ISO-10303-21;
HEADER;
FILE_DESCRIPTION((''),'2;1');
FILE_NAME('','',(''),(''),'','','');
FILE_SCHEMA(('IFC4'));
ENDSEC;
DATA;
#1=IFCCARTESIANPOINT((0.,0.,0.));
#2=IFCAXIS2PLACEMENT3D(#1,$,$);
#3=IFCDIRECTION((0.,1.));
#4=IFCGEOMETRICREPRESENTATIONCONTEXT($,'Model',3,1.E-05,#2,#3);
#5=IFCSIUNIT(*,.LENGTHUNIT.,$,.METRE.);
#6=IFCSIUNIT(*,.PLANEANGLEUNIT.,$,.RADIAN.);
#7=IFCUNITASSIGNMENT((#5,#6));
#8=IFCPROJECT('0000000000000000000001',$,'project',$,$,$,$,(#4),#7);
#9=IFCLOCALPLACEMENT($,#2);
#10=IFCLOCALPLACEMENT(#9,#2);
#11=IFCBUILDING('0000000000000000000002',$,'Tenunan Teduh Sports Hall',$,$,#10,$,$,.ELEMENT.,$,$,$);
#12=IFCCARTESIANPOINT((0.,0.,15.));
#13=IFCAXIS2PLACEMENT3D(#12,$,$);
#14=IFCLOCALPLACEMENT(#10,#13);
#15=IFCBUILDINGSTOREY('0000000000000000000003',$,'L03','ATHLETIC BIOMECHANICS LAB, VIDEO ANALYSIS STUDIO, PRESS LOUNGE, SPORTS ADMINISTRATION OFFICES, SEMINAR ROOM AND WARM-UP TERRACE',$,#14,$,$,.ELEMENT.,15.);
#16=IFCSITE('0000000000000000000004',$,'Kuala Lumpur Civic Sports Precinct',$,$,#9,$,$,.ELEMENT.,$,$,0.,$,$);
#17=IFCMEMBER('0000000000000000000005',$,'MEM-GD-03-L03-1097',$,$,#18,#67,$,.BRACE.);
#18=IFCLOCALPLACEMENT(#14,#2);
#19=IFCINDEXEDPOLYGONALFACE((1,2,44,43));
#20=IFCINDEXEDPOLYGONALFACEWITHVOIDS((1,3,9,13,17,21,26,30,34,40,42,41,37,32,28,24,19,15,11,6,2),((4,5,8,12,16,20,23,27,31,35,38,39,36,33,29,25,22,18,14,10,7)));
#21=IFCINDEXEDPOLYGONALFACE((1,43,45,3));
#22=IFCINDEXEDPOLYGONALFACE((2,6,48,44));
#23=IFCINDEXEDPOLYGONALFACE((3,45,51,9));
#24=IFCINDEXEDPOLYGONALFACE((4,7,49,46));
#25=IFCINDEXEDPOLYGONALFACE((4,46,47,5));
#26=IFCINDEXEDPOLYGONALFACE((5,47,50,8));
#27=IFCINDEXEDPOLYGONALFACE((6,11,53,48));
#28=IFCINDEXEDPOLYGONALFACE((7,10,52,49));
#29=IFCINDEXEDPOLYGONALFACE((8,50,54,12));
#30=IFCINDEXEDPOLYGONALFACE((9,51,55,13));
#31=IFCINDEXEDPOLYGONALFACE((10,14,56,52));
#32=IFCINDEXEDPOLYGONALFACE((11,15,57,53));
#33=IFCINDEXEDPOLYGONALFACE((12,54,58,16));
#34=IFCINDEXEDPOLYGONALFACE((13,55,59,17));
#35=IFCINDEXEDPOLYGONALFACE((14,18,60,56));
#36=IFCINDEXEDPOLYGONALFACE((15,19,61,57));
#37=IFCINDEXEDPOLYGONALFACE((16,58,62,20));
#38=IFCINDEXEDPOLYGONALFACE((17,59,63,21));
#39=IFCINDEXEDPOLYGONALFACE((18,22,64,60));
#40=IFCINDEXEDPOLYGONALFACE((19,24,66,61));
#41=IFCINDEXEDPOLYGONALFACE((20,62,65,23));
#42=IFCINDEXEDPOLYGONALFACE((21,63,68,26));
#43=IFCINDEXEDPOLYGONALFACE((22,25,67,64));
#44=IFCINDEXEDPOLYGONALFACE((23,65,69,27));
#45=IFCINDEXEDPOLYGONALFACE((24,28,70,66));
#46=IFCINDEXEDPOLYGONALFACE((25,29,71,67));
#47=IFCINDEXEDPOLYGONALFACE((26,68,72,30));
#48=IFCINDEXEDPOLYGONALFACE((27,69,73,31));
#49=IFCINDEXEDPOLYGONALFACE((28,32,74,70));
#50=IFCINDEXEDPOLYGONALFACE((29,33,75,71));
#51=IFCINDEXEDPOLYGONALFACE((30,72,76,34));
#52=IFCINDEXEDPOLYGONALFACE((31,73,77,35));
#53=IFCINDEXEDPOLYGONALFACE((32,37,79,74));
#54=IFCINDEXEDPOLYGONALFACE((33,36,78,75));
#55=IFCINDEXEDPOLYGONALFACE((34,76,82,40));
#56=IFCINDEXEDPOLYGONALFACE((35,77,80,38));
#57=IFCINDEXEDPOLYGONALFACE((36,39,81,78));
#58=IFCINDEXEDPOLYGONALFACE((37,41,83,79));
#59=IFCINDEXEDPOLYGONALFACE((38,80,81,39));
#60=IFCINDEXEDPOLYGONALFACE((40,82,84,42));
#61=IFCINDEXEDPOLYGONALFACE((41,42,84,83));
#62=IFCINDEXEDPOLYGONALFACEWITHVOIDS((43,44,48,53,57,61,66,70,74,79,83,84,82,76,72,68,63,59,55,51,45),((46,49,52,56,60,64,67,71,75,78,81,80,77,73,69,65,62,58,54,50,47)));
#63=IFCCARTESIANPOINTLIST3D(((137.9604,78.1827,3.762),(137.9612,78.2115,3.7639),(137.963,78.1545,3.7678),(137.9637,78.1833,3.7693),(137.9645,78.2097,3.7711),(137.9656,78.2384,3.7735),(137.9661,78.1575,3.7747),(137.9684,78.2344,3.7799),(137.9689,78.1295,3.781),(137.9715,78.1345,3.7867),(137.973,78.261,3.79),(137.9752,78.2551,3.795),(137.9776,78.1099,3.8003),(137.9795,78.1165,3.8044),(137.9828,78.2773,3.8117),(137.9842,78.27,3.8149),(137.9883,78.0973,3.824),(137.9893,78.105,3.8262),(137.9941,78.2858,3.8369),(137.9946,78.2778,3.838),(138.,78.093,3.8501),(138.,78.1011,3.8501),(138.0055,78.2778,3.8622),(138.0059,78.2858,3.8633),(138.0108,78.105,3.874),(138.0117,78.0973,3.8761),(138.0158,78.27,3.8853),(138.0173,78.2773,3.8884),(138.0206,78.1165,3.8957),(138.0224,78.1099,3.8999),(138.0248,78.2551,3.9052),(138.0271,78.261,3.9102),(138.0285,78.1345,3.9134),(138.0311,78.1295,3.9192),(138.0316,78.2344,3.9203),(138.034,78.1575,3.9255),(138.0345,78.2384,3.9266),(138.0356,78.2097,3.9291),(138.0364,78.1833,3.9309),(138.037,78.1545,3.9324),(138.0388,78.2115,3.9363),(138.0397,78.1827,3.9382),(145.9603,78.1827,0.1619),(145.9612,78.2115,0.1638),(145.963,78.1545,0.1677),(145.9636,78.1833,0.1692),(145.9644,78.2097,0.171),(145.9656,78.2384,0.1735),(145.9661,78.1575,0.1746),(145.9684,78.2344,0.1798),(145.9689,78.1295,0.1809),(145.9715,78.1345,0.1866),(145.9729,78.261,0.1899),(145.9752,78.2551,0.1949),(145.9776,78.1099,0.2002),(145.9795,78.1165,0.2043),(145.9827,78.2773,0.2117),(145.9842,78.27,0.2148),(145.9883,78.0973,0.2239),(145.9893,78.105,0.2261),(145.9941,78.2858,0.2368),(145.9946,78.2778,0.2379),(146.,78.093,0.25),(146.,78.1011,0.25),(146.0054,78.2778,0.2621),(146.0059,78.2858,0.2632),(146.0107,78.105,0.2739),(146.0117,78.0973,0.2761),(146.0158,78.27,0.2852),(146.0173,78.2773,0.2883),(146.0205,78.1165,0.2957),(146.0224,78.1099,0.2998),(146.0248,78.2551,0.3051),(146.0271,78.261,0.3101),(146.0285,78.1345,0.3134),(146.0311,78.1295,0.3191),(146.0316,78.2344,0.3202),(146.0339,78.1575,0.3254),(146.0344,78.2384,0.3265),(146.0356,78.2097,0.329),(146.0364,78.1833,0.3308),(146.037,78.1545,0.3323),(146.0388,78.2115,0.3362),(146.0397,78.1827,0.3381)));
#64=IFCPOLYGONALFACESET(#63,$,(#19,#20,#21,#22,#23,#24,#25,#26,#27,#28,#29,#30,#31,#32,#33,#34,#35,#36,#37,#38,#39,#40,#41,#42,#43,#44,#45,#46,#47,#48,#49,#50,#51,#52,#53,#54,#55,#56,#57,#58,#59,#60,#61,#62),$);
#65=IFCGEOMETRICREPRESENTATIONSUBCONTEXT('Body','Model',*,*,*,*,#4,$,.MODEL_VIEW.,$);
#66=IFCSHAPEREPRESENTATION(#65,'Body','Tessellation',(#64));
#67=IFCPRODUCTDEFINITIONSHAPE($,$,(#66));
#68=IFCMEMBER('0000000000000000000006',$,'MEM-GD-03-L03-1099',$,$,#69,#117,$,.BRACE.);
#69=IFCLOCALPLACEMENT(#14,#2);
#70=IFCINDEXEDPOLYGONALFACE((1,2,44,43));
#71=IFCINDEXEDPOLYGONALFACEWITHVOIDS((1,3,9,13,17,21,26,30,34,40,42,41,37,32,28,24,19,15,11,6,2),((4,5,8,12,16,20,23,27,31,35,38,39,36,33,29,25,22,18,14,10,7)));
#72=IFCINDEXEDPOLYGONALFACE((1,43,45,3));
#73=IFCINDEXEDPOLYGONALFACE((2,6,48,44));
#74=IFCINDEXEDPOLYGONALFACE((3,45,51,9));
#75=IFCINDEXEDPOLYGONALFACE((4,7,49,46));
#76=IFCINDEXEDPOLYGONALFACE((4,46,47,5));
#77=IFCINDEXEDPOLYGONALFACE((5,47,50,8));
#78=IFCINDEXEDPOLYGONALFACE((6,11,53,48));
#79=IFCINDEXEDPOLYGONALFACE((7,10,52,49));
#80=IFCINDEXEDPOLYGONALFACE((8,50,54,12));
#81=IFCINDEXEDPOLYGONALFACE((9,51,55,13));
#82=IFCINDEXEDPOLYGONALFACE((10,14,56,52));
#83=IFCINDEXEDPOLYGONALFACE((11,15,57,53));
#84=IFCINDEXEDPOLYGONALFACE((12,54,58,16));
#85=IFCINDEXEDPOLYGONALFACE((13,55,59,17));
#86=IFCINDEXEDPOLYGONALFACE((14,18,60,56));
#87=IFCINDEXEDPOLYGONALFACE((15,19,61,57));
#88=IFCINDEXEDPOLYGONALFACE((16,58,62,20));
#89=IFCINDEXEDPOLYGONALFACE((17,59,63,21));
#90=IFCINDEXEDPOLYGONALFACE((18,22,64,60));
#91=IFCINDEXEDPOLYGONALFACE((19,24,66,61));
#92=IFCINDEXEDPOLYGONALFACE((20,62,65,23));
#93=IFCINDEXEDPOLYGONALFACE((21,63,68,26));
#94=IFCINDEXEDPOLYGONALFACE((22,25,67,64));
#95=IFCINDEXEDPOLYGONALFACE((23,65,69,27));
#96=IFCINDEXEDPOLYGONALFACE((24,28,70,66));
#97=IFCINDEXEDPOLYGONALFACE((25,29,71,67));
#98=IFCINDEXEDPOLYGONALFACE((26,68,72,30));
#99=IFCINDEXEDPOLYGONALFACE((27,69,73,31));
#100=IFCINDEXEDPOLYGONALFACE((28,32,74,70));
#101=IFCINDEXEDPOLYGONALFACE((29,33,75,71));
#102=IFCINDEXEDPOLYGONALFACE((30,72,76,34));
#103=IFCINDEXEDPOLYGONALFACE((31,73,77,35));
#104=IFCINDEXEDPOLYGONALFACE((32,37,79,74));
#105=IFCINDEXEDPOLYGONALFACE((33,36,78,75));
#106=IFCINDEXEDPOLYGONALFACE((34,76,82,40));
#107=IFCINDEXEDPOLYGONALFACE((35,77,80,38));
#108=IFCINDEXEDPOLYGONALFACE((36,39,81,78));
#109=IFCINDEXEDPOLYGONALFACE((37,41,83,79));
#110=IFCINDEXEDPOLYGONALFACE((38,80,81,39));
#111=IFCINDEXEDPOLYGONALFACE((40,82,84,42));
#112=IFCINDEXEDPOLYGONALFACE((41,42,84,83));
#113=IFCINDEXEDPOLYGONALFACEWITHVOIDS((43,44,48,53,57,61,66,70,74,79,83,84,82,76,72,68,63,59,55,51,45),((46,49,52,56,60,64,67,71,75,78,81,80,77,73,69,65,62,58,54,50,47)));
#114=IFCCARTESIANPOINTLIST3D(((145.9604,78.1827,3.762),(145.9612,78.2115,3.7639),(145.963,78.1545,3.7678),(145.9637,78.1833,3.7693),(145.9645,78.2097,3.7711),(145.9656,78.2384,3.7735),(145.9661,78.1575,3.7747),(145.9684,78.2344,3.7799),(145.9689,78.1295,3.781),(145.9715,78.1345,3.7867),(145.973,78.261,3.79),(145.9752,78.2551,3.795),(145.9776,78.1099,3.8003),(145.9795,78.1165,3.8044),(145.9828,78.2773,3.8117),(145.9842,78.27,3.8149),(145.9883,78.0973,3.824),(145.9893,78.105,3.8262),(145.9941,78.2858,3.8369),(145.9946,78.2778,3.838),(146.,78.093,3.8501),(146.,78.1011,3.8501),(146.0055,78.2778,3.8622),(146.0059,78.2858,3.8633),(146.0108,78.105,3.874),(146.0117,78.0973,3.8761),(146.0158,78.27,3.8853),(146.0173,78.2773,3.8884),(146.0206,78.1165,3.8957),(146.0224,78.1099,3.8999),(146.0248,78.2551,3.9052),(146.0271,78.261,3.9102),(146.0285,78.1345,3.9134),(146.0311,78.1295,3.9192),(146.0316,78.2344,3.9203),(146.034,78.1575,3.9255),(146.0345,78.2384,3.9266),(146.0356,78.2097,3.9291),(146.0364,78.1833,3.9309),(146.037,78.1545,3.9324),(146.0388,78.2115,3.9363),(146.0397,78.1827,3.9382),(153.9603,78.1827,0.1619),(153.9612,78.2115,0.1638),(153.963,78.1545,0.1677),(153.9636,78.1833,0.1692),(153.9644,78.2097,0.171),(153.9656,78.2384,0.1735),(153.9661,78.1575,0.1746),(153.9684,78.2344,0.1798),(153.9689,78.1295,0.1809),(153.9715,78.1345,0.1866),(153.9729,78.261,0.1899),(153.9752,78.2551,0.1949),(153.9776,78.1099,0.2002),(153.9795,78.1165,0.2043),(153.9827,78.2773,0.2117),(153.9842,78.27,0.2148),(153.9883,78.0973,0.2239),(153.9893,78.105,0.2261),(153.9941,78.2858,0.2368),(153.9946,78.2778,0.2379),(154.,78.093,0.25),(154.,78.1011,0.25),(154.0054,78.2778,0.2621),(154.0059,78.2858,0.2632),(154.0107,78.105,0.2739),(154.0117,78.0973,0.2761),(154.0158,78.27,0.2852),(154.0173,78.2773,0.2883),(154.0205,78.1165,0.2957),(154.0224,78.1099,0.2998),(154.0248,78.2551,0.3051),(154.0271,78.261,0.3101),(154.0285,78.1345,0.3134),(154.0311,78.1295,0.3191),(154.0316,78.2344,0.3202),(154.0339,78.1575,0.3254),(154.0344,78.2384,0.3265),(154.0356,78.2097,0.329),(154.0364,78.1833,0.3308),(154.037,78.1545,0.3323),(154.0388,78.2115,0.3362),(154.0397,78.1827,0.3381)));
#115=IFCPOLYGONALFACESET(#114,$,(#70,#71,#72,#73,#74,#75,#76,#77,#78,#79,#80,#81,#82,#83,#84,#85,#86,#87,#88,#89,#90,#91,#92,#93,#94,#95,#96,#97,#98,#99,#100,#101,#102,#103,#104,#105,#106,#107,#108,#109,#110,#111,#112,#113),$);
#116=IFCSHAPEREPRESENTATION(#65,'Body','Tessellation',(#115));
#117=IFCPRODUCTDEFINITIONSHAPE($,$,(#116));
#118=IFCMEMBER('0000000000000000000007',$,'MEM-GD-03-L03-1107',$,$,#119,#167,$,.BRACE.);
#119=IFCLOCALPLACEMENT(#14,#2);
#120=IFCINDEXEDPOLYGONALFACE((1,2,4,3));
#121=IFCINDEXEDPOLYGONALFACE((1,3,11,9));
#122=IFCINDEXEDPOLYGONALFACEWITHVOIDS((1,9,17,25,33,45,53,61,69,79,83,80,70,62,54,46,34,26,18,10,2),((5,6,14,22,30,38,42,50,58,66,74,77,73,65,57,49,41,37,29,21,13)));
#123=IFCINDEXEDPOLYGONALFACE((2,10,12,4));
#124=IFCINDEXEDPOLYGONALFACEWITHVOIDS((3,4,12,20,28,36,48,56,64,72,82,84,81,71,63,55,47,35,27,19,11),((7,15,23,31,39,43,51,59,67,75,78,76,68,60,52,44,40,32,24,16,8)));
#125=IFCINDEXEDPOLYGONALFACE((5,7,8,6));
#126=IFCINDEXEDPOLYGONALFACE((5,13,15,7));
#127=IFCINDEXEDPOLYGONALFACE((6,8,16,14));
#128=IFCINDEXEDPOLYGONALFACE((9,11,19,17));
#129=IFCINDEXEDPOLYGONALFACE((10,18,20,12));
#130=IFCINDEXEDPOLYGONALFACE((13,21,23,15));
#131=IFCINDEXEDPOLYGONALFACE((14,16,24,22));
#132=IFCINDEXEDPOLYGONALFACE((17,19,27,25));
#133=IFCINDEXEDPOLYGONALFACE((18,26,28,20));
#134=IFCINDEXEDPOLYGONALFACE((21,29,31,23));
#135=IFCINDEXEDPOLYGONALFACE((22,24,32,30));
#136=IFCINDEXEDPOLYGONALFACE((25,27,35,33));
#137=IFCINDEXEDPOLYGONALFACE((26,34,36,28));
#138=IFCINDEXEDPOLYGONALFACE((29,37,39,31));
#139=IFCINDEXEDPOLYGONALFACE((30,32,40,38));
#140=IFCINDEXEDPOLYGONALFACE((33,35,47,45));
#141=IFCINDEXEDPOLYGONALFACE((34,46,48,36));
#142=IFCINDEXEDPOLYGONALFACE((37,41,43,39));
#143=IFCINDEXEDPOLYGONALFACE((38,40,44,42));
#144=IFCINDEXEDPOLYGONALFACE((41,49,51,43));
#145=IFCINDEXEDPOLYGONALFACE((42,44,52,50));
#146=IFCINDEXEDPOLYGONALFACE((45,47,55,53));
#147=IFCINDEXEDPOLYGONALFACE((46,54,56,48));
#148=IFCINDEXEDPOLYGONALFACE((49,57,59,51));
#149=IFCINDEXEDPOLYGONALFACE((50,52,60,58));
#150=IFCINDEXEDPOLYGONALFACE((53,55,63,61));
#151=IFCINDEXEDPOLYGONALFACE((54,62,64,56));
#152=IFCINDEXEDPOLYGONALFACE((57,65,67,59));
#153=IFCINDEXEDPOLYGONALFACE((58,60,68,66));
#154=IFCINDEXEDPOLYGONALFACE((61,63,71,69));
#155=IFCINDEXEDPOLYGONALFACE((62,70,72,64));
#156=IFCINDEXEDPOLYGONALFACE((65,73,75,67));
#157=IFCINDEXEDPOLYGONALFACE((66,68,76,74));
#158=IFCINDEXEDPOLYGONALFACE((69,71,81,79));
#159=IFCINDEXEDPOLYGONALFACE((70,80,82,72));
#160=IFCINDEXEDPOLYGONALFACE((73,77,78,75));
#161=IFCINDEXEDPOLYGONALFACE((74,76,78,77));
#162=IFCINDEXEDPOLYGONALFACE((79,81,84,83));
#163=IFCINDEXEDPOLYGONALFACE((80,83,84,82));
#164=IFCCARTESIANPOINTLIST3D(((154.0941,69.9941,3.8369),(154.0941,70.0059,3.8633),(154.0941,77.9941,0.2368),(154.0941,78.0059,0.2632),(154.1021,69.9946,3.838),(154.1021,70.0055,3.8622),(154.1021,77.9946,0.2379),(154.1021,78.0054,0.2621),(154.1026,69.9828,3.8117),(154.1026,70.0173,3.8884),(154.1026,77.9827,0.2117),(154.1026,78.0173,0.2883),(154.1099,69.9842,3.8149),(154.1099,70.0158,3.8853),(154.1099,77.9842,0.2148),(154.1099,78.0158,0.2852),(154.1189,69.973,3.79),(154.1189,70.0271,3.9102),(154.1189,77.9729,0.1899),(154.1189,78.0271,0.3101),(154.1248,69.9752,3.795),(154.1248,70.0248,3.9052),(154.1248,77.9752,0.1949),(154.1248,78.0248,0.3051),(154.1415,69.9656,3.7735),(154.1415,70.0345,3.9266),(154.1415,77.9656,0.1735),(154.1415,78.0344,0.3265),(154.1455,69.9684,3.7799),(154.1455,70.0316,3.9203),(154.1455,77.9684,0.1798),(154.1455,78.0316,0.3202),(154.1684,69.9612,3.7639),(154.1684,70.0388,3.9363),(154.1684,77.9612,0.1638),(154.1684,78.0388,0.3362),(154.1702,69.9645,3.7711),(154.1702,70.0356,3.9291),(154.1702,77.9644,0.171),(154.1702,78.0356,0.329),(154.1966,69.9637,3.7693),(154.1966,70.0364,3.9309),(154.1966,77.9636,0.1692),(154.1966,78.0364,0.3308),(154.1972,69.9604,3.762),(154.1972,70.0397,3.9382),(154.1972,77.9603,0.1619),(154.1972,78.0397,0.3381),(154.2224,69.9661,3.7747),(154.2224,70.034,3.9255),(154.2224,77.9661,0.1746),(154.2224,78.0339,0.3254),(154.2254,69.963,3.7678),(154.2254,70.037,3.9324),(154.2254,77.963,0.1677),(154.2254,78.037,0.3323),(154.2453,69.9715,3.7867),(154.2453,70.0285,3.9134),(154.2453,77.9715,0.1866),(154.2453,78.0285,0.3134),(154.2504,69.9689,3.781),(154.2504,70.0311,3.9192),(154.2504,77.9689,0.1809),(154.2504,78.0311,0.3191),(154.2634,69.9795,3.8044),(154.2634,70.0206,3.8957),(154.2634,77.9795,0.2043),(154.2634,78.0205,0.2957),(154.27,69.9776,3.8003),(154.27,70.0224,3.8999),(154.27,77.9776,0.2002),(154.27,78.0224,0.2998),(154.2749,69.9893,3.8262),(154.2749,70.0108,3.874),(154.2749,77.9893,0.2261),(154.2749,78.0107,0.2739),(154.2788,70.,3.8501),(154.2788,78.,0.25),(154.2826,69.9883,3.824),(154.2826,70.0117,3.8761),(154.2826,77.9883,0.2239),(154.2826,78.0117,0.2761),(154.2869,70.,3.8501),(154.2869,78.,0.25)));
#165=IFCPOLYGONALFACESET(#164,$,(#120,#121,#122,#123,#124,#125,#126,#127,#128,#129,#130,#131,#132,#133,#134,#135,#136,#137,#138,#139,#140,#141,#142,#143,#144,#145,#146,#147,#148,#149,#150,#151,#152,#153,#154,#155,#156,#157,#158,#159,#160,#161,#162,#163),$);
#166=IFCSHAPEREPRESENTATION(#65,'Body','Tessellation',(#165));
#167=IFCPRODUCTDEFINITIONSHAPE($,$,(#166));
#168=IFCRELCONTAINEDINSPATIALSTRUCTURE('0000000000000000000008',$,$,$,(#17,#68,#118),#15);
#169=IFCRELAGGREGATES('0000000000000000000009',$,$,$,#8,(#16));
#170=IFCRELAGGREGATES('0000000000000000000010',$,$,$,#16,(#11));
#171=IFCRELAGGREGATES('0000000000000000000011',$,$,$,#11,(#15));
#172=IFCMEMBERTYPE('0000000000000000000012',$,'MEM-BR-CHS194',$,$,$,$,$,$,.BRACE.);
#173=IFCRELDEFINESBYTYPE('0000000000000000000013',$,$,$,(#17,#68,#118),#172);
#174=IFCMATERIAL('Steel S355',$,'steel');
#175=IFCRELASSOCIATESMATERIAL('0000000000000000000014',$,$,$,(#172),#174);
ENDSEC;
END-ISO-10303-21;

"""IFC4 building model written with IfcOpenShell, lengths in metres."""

from ifc_helpers import new_model, si_unit, direction, frame, origin, origin_2d, place, context, subcontext, project, spatial, hollow_circle, extrude, material, material_profile, profile_set, type_object, element, save


model = new_model("IFC4")

# Units and contexts
model_context = context("Model", 3, precision=1e-05, world=origin(), true_north=direction((0.0, 1.0)))
body_context = subcontext(model_context, "Body", "Model", "MODEL_VIEW")
ifc_project = project(units=[si_unit("LENGTHUNIT", "METRE"), si_unit("PLANEANGLEUNIT", "RADIAN")], contexts=[model_context])

# Site, building, storey
site_placement = place(None, origin())
site = spatial("IfcSite", under=ifc_project, at=site_placement, Name="Kuala Lumpur Civic Sports Precinct", CompositionType="ELEMENT", RefElevation=0.0)
building_placement = place(site_placement, origin())
building = spatial("IfcBuilding", under=site, at=building_placement, Name="Tenunan Teduh Sports Hall", CompositionType="ELEMENT")
storey_placement = place(building_placement, frame((0.0, 0.0, 15.0)))
storey = spatial("IfcBuildingStorey", under=building, at=storey_placement, Name="L03", Description="ATHLETIC BIOMECHANICS LAB, VIDEO ANALYSIS STUDIO, PRESS LOUNGE, SPORTS ADMINISTRATION OFFICES, SEMINAR ROOM AND WARM-UP TERRACE", CompositionType="ELEMENT", Elevation=15.0)

# Members
ifc_material_1 = material(Name="Steel S355", Category="steel")
ifc_material_profile_1 = material_profile(ifc_material_1, hollow_circle(Radius=0.0969, WallThickness=0.0081, at=origin_2d()), Name="CHS 193.7x8.0")
ifc_profile_set_1 = profile_set([ifc_material_profile_1], Name="Steel S355")
member_type_1 = type_object("IfcMemberType", Name="MEM-BR-CHS194", PredefinedType="BRACE", material=ifc_profile_set_1)
for number, where, z_axis, x_axis, name in (
    (1, (146.0, 78.1899, 0.25), (-0.911917, 0.0, 0.410374), (0.0, -1.0, 0.0), "MEM-GD-03-L03-1097"),
    (2, (154.0, 78.1899, 0.25), (-0.911917, 0.0, 0.410374), (0.0, -1.0, 0.0), "MEM-GD-03-L03-1099"),
    (3, (154.1899, 78.0, 0.25), (0.0, -0.911917, 0.410374), (1.0, 0.0, 0.0), "MEM-GD-03-L03-1107"),
):
    element("IfcMember", number, at=place(storey_placement, frame(where, z_axis=z_axis, x_axis=x_axis)), inside=storey, type_object=member_type_1, Name=name, PredefinedType="BRACE", context=body_context, shape_type="SweptSolid", body=[
        extrude(hollow_circle(Radius=0.0969, WallThickness=0.0081, at=origin_2d()), origin(), (0.0, 0.0, 1.0), 8.7727),
    ])

save(model, "model.ifc")
